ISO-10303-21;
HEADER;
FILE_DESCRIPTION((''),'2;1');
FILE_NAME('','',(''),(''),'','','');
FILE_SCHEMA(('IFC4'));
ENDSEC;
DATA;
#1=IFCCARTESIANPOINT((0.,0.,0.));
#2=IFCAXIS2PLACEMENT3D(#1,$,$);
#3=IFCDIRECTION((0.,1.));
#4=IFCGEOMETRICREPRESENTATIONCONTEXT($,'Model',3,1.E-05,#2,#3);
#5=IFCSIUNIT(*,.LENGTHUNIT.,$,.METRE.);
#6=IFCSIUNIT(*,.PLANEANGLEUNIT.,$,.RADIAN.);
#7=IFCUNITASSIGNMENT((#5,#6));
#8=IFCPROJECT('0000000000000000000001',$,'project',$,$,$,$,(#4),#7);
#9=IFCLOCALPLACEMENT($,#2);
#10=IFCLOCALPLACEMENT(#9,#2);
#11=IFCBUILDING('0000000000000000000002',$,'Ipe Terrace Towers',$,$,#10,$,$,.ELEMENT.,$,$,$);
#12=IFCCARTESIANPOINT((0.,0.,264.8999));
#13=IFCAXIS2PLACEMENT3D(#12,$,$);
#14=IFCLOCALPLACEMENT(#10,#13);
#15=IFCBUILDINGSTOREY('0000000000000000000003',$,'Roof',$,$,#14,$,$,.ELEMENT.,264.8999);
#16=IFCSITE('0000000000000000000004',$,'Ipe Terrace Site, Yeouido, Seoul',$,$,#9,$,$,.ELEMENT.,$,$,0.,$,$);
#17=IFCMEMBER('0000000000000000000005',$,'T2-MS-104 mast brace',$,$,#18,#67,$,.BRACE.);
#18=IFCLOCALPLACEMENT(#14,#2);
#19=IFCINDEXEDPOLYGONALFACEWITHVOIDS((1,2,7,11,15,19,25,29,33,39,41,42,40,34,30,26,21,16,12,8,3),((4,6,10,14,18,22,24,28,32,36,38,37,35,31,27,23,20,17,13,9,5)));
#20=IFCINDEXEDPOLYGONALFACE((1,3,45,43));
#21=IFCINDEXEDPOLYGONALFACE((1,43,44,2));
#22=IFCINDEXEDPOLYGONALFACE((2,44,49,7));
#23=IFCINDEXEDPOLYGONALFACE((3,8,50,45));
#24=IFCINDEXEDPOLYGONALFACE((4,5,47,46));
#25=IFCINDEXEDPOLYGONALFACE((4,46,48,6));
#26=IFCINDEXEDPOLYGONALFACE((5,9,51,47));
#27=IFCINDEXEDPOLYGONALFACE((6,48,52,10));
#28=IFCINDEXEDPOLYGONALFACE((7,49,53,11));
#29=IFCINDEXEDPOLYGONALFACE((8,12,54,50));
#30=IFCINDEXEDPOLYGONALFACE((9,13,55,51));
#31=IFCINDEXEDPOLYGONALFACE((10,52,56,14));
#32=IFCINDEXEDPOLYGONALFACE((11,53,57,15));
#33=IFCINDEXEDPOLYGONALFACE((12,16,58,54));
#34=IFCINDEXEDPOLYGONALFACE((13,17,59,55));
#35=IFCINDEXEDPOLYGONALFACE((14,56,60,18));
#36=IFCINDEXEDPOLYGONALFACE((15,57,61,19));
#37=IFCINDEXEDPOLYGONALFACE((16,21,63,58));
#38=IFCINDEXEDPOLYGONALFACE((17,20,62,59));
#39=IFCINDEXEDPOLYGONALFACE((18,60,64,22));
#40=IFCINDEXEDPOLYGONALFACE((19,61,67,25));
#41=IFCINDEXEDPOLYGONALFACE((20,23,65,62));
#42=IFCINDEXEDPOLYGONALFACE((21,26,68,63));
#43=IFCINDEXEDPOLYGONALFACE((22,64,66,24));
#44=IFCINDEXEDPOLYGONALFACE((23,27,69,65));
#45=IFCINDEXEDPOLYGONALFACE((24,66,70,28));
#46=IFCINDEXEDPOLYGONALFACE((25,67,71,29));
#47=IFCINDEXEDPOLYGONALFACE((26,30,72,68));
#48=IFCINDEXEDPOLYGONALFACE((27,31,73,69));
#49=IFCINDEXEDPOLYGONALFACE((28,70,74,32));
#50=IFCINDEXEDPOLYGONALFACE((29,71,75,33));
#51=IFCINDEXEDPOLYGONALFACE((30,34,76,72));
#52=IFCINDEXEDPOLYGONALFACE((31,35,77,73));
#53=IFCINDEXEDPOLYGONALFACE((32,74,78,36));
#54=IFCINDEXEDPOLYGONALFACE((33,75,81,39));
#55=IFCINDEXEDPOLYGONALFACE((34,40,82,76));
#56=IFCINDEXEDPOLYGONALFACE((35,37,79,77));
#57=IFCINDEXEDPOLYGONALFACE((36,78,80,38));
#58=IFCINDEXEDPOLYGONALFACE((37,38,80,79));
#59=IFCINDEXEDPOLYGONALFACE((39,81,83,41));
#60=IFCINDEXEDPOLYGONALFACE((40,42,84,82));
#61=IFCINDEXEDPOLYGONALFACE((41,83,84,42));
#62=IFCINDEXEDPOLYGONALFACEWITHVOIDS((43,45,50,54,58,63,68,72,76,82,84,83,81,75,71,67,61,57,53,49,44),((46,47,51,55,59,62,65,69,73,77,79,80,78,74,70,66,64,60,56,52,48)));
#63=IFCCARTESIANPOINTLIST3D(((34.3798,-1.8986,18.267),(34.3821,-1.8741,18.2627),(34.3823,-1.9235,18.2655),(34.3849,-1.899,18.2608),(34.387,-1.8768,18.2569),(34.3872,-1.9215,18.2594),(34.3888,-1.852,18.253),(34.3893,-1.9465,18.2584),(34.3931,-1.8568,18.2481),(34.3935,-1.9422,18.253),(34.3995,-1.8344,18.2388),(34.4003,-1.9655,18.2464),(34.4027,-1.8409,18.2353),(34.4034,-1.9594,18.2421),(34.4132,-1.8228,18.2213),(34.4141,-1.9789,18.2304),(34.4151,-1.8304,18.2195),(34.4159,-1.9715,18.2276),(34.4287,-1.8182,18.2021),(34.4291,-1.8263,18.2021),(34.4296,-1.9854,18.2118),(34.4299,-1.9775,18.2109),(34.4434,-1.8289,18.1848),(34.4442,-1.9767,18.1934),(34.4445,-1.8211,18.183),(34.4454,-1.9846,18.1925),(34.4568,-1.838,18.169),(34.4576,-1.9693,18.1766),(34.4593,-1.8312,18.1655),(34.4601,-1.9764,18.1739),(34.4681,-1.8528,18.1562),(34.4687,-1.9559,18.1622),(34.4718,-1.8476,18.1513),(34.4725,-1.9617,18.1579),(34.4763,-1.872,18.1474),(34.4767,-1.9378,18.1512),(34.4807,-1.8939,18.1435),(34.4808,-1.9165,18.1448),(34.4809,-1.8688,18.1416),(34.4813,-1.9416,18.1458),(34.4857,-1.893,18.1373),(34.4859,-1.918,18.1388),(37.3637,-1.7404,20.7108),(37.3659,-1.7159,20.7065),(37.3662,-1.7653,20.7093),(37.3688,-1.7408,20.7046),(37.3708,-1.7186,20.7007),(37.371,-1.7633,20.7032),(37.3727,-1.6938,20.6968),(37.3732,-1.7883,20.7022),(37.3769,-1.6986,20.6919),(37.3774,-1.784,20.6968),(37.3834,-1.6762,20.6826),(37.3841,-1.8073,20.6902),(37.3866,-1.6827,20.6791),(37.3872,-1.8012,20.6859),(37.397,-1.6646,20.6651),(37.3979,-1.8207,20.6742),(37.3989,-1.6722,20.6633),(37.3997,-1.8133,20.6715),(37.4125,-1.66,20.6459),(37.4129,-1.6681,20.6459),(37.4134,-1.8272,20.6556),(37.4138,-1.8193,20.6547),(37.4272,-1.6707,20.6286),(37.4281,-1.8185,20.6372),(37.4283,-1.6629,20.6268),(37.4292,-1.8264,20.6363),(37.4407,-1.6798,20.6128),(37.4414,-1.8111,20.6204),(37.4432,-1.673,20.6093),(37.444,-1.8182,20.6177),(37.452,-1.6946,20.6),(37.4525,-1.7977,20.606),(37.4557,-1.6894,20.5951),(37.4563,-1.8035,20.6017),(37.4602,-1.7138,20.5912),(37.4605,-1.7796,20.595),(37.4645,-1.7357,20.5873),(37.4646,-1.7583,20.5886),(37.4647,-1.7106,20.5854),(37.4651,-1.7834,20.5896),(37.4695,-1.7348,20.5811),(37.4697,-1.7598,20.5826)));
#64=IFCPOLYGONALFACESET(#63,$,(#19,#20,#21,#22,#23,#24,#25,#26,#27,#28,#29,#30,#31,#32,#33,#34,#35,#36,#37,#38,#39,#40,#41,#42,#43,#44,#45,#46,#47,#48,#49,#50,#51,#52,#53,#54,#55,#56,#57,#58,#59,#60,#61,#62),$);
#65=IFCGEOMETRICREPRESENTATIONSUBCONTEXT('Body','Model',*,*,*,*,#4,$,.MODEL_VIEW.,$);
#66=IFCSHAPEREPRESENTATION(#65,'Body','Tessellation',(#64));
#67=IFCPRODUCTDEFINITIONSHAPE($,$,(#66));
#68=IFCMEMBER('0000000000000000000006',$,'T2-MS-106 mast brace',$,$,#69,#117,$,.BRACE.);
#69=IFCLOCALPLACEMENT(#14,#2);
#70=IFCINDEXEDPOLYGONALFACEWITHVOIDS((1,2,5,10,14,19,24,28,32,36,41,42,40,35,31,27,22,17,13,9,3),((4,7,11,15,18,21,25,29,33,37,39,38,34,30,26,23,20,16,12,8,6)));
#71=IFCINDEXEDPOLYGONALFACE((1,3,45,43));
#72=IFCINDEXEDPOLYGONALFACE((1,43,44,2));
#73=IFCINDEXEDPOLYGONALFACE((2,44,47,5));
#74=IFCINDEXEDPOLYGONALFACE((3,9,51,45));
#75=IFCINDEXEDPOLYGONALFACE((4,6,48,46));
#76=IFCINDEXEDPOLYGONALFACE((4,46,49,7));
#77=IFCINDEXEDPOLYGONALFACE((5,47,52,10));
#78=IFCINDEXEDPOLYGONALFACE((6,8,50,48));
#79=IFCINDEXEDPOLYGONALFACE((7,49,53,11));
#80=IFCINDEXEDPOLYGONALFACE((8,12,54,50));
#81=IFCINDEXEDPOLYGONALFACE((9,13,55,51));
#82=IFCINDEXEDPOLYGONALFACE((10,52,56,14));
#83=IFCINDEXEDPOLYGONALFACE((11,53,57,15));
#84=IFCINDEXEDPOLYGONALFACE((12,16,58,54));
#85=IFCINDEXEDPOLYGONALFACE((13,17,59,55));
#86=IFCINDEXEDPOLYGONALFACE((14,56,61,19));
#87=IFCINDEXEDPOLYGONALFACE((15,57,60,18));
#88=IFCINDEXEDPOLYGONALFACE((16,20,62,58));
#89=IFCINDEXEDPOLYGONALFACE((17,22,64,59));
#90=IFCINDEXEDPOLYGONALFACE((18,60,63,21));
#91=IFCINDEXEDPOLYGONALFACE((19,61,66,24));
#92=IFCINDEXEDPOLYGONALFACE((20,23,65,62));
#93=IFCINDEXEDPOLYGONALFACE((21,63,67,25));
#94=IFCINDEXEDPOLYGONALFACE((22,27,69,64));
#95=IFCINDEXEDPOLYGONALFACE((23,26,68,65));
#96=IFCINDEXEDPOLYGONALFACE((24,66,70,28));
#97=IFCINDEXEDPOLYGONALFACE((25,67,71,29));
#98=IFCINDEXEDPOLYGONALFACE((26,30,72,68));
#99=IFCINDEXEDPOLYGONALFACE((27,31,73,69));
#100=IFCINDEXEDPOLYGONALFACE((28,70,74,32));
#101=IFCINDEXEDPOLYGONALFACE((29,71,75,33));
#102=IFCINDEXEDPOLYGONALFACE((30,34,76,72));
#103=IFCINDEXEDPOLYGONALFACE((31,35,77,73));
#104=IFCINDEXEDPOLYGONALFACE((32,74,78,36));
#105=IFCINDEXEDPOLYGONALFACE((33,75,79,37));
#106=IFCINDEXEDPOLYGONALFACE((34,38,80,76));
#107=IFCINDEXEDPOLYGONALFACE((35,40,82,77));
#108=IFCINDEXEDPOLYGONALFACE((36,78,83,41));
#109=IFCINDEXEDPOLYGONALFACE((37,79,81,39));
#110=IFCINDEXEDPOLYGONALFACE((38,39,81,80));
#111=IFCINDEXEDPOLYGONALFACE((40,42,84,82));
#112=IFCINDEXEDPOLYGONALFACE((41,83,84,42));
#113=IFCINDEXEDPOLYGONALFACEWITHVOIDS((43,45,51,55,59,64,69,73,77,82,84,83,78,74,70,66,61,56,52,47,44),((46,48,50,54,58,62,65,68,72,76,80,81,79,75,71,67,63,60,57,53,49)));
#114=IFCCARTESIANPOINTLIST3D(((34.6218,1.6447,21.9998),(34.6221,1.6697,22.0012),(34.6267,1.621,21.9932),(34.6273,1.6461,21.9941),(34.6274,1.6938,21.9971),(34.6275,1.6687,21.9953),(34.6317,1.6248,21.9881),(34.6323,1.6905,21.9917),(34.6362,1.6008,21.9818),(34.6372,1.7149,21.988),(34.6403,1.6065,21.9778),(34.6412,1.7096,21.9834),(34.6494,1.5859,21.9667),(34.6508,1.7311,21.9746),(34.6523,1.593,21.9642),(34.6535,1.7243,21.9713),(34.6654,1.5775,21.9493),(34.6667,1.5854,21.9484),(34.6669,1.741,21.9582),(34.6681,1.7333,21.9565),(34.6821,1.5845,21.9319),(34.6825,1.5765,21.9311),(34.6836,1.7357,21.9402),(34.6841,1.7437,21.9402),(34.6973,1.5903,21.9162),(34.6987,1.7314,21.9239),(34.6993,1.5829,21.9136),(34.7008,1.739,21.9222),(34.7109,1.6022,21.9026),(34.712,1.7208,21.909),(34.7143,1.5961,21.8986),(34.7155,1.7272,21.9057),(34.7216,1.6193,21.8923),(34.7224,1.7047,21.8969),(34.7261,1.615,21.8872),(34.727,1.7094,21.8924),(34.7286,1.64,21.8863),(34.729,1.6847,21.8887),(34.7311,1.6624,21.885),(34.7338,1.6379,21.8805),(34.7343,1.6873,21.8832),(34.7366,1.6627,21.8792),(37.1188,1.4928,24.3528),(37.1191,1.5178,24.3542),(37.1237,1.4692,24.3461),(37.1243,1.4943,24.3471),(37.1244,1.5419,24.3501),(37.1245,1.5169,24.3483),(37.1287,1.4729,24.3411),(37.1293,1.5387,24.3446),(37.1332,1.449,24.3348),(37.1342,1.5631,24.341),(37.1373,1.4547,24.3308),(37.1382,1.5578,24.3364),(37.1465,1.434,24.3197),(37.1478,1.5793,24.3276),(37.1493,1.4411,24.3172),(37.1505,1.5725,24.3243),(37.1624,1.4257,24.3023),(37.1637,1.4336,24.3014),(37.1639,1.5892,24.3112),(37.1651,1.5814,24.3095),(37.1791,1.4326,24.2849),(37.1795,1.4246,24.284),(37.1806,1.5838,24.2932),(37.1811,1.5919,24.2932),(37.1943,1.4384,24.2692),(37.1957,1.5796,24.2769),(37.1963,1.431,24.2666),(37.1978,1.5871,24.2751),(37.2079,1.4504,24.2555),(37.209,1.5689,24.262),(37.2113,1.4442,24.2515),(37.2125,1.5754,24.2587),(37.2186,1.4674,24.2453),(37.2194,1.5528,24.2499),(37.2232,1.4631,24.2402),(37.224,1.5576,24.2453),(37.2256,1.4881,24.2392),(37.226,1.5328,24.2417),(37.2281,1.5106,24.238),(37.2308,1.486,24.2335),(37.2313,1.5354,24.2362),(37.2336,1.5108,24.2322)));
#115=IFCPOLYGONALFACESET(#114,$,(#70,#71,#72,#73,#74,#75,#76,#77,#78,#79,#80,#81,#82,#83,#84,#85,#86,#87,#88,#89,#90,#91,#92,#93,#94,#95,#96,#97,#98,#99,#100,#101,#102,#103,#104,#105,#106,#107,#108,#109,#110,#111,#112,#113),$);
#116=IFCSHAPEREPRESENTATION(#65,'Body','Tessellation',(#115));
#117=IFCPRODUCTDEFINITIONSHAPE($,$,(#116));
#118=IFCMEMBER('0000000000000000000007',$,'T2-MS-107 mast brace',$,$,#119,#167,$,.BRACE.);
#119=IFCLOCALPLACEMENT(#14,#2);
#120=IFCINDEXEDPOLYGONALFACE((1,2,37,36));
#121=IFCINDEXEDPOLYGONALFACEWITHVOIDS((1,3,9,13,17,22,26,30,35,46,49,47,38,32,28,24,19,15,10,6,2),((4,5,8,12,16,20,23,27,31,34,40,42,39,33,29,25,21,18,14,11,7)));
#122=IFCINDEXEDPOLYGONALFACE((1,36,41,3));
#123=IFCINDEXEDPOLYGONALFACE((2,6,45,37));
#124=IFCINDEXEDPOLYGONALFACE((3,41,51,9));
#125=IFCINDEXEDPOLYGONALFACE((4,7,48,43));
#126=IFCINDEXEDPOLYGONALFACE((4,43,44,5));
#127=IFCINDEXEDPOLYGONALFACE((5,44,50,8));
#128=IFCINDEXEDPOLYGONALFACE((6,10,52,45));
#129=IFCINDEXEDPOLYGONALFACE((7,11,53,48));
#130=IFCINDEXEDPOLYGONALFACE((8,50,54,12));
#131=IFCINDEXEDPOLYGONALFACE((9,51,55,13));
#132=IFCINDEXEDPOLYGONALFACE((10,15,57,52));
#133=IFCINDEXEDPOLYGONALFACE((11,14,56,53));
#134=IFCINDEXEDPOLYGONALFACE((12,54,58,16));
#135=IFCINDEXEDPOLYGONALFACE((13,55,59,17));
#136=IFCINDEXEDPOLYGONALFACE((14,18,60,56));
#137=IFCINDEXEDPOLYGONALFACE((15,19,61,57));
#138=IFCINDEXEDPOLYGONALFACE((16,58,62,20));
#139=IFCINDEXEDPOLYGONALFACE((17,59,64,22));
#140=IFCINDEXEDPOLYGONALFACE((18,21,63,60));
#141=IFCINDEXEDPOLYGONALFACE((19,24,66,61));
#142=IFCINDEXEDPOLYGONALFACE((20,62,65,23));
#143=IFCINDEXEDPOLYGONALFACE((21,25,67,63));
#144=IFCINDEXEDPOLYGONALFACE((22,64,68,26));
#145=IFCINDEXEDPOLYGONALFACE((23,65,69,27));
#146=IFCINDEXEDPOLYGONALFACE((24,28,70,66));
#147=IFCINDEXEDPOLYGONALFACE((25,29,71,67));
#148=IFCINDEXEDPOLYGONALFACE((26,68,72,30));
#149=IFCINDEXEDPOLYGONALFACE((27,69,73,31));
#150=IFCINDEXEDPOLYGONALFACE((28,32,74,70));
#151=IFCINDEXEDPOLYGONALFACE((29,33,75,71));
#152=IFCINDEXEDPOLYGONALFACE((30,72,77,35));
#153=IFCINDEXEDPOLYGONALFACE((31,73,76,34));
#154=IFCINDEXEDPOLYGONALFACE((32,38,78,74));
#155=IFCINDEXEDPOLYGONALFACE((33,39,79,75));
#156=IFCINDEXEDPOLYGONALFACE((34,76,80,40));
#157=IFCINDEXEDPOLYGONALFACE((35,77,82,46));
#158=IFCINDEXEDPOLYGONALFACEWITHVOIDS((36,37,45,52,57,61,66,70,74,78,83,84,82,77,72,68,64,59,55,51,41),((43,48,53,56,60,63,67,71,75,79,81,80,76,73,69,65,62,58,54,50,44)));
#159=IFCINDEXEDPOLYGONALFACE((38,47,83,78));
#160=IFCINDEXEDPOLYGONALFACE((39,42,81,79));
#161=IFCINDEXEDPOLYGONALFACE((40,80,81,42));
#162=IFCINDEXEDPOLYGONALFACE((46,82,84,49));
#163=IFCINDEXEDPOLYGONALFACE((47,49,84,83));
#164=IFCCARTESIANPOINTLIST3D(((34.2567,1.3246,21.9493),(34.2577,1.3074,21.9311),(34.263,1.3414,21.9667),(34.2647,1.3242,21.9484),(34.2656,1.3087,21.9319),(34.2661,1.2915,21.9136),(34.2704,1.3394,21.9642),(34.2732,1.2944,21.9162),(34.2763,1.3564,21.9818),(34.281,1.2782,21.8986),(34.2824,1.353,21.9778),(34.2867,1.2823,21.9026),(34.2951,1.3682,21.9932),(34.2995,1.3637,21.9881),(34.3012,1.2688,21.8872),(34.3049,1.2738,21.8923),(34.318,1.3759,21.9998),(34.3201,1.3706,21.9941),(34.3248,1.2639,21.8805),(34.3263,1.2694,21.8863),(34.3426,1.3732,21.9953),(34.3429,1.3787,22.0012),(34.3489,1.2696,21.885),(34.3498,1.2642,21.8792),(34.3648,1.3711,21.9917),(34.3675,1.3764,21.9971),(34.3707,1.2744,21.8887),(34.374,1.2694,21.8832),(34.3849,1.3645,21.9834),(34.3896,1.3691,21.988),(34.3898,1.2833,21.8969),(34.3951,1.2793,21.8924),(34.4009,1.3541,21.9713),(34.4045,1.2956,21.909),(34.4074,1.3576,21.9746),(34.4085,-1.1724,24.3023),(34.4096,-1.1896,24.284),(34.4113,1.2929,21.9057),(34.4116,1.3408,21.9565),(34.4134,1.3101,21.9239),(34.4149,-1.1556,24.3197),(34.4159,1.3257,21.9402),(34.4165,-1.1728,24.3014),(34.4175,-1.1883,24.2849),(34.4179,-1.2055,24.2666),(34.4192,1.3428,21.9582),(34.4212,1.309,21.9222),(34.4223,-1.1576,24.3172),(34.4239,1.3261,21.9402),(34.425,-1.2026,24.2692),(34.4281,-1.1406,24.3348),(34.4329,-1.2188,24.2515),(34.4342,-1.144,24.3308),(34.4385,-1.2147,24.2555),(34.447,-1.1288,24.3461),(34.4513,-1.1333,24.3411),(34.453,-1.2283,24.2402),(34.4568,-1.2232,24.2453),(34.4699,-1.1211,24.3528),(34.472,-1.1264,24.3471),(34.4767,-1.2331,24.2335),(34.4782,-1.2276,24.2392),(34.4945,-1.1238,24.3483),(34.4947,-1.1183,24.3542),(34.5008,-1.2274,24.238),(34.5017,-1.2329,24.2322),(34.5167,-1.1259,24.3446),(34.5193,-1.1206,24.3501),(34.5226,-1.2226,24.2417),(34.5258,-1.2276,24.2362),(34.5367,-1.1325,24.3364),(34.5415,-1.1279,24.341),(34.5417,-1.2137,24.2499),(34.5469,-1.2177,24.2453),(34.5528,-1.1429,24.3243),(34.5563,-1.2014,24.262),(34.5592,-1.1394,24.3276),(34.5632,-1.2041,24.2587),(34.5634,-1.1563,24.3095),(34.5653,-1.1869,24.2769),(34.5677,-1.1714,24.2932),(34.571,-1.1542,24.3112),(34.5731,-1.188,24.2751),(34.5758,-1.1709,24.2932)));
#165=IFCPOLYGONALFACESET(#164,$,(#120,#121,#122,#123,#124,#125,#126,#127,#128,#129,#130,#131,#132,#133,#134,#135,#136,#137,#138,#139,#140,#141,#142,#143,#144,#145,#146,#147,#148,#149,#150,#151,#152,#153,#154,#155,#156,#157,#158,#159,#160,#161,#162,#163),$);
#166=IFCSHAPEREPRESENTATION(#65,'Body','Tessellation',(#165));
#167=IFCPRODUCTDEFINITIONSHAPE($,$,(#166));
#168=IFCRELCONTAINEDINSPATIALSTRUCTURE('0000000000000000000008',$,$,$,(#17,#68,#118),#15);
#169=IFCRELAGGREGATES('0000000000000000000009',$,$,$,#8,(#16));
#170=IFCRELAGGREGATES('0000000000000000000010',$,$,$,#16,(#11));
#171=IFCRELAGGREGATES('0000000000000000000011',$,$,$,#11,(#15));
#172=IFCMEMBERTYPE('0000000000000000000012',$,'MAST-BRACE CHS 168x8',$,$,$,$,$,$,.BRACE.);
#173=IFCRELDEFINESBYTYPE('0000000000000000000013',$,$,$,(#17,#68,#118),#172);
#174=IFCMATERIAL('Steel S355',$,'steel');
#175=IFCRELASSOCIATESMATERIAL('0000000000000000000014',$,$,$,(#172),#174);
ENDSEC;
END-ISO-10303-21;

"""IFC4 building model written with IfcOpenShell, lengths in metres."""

from ifc_helpers import new_model, si_unit, direction, frame, origin, origin_2d, place, context, subcontext, project, spatial, hollow_circle, extrude, material, material_profile, profile_set, type_object, element, save


model = new_model("IFC4")

# Units and contexts
model_context = context("Model", 3, precision=1e-05, world=origin(), true_north=direction((0.0, 1.0)))
body_context = subcontext(model_context, "Body", "Model", "MODEL_VIEW")
ifc_project = project(units=[si_unit("LENGTHUNIT", "METRE"), si_unit("PLANEANGLEUNIT", "RADIAN")], contexts=[model_context])

# Site, building, storey
site_placement = place(None, origin())
site = spatial("IfcSite", under=ifc_project, at=site_placement, Name="Ipe Terrace Site, Yeouido, Seoul", CompositionType="ELEMENT", RefElevation=0.0)
building_placement = place(site_placement, origin())
building = spatial("IfcBuilding", under=site, at=building_placement, Name="Ipe Terrace Towers", CompositionType="ELEMENT")
storey_placement = place(building_placement, frame((0.0, 0.0, 264.8999)))
storey = spatial("IfcBuildingStorey", under=building, at=storey_placement, Name="Roof", CompositionType="ELEMENT", Elevation=264.8999)

# Members
ifc_material_1 = material(Name="Steel S355", Category="steel")
ifc_material_profile_1 = material_profile(ifc_material_1, hollow_circle(Radius=0.084, WallThickness=0.0081, at=origin_2d()), Name="MAST-BRACE CHS 168x8")
ifc_profile_set_1 = profile_set([ifc_material_profile_1], Name="Steel S355")
member_type_1 = type_object("IfcMemberType", Name="MAST-BRACE CHS 168x8", PredefinedType="BRACE", material=ifc_profile_set_1)
for number, where, z_axis, x_axis, name in (
    (1, (34.4331, -1.9021, 18.2021), (0.772991, 0.040983, 0.633091), (-0.052945, 0.998597, 0.0), "T2-MS-104 mast brace"),
):
    element("IfcMember", number, at=place(storey_placement, frame(where, z_axis=z_axis, x_axis=x_axis)), inside=storey, type_object=member_type_1, Name=name, PredefinedType="BRACE", context=body_context, shape_type="SweptSolid", body=[
        extrude(hollow_circle(Radius=0.084, WallThickness=0.0081, at=origin_2d()), origin(), (0.0, 0.0, 1.0), 3.8601),
    ])
for number, where, z_axis, x_axis, name in (
    (2, (34.679, 1.6599, 21.9402), (0.727074, -0.044216, 0.685133), (0.060701, 0.998156, 0.0), "T2-MS-106 mast brace"),
    (3, (34.3401, 1.321, 21.9402), (0.044216, -0.727074, 0.685133), (0.998156, 0.060701, 0.0), "T2-MS-107 mast brace"),
):
    element("IfcMember", number, at=place(storey_placement, frame(where, z_axis=z_axis, x_axis=x_axis)), inside=storey, type_object=member_type_1, Name=name, PredefinedType="BRACE", context=body_context, shape_type="SweptSolid", body=[
        extrude(hollow_circle(Radius=0.084, WallThickness=0.0081, at=origin_2d()), origin(), (0.0, 0.0, 1.0), 3.4343),
    ])

save(model, "model.ifc")
